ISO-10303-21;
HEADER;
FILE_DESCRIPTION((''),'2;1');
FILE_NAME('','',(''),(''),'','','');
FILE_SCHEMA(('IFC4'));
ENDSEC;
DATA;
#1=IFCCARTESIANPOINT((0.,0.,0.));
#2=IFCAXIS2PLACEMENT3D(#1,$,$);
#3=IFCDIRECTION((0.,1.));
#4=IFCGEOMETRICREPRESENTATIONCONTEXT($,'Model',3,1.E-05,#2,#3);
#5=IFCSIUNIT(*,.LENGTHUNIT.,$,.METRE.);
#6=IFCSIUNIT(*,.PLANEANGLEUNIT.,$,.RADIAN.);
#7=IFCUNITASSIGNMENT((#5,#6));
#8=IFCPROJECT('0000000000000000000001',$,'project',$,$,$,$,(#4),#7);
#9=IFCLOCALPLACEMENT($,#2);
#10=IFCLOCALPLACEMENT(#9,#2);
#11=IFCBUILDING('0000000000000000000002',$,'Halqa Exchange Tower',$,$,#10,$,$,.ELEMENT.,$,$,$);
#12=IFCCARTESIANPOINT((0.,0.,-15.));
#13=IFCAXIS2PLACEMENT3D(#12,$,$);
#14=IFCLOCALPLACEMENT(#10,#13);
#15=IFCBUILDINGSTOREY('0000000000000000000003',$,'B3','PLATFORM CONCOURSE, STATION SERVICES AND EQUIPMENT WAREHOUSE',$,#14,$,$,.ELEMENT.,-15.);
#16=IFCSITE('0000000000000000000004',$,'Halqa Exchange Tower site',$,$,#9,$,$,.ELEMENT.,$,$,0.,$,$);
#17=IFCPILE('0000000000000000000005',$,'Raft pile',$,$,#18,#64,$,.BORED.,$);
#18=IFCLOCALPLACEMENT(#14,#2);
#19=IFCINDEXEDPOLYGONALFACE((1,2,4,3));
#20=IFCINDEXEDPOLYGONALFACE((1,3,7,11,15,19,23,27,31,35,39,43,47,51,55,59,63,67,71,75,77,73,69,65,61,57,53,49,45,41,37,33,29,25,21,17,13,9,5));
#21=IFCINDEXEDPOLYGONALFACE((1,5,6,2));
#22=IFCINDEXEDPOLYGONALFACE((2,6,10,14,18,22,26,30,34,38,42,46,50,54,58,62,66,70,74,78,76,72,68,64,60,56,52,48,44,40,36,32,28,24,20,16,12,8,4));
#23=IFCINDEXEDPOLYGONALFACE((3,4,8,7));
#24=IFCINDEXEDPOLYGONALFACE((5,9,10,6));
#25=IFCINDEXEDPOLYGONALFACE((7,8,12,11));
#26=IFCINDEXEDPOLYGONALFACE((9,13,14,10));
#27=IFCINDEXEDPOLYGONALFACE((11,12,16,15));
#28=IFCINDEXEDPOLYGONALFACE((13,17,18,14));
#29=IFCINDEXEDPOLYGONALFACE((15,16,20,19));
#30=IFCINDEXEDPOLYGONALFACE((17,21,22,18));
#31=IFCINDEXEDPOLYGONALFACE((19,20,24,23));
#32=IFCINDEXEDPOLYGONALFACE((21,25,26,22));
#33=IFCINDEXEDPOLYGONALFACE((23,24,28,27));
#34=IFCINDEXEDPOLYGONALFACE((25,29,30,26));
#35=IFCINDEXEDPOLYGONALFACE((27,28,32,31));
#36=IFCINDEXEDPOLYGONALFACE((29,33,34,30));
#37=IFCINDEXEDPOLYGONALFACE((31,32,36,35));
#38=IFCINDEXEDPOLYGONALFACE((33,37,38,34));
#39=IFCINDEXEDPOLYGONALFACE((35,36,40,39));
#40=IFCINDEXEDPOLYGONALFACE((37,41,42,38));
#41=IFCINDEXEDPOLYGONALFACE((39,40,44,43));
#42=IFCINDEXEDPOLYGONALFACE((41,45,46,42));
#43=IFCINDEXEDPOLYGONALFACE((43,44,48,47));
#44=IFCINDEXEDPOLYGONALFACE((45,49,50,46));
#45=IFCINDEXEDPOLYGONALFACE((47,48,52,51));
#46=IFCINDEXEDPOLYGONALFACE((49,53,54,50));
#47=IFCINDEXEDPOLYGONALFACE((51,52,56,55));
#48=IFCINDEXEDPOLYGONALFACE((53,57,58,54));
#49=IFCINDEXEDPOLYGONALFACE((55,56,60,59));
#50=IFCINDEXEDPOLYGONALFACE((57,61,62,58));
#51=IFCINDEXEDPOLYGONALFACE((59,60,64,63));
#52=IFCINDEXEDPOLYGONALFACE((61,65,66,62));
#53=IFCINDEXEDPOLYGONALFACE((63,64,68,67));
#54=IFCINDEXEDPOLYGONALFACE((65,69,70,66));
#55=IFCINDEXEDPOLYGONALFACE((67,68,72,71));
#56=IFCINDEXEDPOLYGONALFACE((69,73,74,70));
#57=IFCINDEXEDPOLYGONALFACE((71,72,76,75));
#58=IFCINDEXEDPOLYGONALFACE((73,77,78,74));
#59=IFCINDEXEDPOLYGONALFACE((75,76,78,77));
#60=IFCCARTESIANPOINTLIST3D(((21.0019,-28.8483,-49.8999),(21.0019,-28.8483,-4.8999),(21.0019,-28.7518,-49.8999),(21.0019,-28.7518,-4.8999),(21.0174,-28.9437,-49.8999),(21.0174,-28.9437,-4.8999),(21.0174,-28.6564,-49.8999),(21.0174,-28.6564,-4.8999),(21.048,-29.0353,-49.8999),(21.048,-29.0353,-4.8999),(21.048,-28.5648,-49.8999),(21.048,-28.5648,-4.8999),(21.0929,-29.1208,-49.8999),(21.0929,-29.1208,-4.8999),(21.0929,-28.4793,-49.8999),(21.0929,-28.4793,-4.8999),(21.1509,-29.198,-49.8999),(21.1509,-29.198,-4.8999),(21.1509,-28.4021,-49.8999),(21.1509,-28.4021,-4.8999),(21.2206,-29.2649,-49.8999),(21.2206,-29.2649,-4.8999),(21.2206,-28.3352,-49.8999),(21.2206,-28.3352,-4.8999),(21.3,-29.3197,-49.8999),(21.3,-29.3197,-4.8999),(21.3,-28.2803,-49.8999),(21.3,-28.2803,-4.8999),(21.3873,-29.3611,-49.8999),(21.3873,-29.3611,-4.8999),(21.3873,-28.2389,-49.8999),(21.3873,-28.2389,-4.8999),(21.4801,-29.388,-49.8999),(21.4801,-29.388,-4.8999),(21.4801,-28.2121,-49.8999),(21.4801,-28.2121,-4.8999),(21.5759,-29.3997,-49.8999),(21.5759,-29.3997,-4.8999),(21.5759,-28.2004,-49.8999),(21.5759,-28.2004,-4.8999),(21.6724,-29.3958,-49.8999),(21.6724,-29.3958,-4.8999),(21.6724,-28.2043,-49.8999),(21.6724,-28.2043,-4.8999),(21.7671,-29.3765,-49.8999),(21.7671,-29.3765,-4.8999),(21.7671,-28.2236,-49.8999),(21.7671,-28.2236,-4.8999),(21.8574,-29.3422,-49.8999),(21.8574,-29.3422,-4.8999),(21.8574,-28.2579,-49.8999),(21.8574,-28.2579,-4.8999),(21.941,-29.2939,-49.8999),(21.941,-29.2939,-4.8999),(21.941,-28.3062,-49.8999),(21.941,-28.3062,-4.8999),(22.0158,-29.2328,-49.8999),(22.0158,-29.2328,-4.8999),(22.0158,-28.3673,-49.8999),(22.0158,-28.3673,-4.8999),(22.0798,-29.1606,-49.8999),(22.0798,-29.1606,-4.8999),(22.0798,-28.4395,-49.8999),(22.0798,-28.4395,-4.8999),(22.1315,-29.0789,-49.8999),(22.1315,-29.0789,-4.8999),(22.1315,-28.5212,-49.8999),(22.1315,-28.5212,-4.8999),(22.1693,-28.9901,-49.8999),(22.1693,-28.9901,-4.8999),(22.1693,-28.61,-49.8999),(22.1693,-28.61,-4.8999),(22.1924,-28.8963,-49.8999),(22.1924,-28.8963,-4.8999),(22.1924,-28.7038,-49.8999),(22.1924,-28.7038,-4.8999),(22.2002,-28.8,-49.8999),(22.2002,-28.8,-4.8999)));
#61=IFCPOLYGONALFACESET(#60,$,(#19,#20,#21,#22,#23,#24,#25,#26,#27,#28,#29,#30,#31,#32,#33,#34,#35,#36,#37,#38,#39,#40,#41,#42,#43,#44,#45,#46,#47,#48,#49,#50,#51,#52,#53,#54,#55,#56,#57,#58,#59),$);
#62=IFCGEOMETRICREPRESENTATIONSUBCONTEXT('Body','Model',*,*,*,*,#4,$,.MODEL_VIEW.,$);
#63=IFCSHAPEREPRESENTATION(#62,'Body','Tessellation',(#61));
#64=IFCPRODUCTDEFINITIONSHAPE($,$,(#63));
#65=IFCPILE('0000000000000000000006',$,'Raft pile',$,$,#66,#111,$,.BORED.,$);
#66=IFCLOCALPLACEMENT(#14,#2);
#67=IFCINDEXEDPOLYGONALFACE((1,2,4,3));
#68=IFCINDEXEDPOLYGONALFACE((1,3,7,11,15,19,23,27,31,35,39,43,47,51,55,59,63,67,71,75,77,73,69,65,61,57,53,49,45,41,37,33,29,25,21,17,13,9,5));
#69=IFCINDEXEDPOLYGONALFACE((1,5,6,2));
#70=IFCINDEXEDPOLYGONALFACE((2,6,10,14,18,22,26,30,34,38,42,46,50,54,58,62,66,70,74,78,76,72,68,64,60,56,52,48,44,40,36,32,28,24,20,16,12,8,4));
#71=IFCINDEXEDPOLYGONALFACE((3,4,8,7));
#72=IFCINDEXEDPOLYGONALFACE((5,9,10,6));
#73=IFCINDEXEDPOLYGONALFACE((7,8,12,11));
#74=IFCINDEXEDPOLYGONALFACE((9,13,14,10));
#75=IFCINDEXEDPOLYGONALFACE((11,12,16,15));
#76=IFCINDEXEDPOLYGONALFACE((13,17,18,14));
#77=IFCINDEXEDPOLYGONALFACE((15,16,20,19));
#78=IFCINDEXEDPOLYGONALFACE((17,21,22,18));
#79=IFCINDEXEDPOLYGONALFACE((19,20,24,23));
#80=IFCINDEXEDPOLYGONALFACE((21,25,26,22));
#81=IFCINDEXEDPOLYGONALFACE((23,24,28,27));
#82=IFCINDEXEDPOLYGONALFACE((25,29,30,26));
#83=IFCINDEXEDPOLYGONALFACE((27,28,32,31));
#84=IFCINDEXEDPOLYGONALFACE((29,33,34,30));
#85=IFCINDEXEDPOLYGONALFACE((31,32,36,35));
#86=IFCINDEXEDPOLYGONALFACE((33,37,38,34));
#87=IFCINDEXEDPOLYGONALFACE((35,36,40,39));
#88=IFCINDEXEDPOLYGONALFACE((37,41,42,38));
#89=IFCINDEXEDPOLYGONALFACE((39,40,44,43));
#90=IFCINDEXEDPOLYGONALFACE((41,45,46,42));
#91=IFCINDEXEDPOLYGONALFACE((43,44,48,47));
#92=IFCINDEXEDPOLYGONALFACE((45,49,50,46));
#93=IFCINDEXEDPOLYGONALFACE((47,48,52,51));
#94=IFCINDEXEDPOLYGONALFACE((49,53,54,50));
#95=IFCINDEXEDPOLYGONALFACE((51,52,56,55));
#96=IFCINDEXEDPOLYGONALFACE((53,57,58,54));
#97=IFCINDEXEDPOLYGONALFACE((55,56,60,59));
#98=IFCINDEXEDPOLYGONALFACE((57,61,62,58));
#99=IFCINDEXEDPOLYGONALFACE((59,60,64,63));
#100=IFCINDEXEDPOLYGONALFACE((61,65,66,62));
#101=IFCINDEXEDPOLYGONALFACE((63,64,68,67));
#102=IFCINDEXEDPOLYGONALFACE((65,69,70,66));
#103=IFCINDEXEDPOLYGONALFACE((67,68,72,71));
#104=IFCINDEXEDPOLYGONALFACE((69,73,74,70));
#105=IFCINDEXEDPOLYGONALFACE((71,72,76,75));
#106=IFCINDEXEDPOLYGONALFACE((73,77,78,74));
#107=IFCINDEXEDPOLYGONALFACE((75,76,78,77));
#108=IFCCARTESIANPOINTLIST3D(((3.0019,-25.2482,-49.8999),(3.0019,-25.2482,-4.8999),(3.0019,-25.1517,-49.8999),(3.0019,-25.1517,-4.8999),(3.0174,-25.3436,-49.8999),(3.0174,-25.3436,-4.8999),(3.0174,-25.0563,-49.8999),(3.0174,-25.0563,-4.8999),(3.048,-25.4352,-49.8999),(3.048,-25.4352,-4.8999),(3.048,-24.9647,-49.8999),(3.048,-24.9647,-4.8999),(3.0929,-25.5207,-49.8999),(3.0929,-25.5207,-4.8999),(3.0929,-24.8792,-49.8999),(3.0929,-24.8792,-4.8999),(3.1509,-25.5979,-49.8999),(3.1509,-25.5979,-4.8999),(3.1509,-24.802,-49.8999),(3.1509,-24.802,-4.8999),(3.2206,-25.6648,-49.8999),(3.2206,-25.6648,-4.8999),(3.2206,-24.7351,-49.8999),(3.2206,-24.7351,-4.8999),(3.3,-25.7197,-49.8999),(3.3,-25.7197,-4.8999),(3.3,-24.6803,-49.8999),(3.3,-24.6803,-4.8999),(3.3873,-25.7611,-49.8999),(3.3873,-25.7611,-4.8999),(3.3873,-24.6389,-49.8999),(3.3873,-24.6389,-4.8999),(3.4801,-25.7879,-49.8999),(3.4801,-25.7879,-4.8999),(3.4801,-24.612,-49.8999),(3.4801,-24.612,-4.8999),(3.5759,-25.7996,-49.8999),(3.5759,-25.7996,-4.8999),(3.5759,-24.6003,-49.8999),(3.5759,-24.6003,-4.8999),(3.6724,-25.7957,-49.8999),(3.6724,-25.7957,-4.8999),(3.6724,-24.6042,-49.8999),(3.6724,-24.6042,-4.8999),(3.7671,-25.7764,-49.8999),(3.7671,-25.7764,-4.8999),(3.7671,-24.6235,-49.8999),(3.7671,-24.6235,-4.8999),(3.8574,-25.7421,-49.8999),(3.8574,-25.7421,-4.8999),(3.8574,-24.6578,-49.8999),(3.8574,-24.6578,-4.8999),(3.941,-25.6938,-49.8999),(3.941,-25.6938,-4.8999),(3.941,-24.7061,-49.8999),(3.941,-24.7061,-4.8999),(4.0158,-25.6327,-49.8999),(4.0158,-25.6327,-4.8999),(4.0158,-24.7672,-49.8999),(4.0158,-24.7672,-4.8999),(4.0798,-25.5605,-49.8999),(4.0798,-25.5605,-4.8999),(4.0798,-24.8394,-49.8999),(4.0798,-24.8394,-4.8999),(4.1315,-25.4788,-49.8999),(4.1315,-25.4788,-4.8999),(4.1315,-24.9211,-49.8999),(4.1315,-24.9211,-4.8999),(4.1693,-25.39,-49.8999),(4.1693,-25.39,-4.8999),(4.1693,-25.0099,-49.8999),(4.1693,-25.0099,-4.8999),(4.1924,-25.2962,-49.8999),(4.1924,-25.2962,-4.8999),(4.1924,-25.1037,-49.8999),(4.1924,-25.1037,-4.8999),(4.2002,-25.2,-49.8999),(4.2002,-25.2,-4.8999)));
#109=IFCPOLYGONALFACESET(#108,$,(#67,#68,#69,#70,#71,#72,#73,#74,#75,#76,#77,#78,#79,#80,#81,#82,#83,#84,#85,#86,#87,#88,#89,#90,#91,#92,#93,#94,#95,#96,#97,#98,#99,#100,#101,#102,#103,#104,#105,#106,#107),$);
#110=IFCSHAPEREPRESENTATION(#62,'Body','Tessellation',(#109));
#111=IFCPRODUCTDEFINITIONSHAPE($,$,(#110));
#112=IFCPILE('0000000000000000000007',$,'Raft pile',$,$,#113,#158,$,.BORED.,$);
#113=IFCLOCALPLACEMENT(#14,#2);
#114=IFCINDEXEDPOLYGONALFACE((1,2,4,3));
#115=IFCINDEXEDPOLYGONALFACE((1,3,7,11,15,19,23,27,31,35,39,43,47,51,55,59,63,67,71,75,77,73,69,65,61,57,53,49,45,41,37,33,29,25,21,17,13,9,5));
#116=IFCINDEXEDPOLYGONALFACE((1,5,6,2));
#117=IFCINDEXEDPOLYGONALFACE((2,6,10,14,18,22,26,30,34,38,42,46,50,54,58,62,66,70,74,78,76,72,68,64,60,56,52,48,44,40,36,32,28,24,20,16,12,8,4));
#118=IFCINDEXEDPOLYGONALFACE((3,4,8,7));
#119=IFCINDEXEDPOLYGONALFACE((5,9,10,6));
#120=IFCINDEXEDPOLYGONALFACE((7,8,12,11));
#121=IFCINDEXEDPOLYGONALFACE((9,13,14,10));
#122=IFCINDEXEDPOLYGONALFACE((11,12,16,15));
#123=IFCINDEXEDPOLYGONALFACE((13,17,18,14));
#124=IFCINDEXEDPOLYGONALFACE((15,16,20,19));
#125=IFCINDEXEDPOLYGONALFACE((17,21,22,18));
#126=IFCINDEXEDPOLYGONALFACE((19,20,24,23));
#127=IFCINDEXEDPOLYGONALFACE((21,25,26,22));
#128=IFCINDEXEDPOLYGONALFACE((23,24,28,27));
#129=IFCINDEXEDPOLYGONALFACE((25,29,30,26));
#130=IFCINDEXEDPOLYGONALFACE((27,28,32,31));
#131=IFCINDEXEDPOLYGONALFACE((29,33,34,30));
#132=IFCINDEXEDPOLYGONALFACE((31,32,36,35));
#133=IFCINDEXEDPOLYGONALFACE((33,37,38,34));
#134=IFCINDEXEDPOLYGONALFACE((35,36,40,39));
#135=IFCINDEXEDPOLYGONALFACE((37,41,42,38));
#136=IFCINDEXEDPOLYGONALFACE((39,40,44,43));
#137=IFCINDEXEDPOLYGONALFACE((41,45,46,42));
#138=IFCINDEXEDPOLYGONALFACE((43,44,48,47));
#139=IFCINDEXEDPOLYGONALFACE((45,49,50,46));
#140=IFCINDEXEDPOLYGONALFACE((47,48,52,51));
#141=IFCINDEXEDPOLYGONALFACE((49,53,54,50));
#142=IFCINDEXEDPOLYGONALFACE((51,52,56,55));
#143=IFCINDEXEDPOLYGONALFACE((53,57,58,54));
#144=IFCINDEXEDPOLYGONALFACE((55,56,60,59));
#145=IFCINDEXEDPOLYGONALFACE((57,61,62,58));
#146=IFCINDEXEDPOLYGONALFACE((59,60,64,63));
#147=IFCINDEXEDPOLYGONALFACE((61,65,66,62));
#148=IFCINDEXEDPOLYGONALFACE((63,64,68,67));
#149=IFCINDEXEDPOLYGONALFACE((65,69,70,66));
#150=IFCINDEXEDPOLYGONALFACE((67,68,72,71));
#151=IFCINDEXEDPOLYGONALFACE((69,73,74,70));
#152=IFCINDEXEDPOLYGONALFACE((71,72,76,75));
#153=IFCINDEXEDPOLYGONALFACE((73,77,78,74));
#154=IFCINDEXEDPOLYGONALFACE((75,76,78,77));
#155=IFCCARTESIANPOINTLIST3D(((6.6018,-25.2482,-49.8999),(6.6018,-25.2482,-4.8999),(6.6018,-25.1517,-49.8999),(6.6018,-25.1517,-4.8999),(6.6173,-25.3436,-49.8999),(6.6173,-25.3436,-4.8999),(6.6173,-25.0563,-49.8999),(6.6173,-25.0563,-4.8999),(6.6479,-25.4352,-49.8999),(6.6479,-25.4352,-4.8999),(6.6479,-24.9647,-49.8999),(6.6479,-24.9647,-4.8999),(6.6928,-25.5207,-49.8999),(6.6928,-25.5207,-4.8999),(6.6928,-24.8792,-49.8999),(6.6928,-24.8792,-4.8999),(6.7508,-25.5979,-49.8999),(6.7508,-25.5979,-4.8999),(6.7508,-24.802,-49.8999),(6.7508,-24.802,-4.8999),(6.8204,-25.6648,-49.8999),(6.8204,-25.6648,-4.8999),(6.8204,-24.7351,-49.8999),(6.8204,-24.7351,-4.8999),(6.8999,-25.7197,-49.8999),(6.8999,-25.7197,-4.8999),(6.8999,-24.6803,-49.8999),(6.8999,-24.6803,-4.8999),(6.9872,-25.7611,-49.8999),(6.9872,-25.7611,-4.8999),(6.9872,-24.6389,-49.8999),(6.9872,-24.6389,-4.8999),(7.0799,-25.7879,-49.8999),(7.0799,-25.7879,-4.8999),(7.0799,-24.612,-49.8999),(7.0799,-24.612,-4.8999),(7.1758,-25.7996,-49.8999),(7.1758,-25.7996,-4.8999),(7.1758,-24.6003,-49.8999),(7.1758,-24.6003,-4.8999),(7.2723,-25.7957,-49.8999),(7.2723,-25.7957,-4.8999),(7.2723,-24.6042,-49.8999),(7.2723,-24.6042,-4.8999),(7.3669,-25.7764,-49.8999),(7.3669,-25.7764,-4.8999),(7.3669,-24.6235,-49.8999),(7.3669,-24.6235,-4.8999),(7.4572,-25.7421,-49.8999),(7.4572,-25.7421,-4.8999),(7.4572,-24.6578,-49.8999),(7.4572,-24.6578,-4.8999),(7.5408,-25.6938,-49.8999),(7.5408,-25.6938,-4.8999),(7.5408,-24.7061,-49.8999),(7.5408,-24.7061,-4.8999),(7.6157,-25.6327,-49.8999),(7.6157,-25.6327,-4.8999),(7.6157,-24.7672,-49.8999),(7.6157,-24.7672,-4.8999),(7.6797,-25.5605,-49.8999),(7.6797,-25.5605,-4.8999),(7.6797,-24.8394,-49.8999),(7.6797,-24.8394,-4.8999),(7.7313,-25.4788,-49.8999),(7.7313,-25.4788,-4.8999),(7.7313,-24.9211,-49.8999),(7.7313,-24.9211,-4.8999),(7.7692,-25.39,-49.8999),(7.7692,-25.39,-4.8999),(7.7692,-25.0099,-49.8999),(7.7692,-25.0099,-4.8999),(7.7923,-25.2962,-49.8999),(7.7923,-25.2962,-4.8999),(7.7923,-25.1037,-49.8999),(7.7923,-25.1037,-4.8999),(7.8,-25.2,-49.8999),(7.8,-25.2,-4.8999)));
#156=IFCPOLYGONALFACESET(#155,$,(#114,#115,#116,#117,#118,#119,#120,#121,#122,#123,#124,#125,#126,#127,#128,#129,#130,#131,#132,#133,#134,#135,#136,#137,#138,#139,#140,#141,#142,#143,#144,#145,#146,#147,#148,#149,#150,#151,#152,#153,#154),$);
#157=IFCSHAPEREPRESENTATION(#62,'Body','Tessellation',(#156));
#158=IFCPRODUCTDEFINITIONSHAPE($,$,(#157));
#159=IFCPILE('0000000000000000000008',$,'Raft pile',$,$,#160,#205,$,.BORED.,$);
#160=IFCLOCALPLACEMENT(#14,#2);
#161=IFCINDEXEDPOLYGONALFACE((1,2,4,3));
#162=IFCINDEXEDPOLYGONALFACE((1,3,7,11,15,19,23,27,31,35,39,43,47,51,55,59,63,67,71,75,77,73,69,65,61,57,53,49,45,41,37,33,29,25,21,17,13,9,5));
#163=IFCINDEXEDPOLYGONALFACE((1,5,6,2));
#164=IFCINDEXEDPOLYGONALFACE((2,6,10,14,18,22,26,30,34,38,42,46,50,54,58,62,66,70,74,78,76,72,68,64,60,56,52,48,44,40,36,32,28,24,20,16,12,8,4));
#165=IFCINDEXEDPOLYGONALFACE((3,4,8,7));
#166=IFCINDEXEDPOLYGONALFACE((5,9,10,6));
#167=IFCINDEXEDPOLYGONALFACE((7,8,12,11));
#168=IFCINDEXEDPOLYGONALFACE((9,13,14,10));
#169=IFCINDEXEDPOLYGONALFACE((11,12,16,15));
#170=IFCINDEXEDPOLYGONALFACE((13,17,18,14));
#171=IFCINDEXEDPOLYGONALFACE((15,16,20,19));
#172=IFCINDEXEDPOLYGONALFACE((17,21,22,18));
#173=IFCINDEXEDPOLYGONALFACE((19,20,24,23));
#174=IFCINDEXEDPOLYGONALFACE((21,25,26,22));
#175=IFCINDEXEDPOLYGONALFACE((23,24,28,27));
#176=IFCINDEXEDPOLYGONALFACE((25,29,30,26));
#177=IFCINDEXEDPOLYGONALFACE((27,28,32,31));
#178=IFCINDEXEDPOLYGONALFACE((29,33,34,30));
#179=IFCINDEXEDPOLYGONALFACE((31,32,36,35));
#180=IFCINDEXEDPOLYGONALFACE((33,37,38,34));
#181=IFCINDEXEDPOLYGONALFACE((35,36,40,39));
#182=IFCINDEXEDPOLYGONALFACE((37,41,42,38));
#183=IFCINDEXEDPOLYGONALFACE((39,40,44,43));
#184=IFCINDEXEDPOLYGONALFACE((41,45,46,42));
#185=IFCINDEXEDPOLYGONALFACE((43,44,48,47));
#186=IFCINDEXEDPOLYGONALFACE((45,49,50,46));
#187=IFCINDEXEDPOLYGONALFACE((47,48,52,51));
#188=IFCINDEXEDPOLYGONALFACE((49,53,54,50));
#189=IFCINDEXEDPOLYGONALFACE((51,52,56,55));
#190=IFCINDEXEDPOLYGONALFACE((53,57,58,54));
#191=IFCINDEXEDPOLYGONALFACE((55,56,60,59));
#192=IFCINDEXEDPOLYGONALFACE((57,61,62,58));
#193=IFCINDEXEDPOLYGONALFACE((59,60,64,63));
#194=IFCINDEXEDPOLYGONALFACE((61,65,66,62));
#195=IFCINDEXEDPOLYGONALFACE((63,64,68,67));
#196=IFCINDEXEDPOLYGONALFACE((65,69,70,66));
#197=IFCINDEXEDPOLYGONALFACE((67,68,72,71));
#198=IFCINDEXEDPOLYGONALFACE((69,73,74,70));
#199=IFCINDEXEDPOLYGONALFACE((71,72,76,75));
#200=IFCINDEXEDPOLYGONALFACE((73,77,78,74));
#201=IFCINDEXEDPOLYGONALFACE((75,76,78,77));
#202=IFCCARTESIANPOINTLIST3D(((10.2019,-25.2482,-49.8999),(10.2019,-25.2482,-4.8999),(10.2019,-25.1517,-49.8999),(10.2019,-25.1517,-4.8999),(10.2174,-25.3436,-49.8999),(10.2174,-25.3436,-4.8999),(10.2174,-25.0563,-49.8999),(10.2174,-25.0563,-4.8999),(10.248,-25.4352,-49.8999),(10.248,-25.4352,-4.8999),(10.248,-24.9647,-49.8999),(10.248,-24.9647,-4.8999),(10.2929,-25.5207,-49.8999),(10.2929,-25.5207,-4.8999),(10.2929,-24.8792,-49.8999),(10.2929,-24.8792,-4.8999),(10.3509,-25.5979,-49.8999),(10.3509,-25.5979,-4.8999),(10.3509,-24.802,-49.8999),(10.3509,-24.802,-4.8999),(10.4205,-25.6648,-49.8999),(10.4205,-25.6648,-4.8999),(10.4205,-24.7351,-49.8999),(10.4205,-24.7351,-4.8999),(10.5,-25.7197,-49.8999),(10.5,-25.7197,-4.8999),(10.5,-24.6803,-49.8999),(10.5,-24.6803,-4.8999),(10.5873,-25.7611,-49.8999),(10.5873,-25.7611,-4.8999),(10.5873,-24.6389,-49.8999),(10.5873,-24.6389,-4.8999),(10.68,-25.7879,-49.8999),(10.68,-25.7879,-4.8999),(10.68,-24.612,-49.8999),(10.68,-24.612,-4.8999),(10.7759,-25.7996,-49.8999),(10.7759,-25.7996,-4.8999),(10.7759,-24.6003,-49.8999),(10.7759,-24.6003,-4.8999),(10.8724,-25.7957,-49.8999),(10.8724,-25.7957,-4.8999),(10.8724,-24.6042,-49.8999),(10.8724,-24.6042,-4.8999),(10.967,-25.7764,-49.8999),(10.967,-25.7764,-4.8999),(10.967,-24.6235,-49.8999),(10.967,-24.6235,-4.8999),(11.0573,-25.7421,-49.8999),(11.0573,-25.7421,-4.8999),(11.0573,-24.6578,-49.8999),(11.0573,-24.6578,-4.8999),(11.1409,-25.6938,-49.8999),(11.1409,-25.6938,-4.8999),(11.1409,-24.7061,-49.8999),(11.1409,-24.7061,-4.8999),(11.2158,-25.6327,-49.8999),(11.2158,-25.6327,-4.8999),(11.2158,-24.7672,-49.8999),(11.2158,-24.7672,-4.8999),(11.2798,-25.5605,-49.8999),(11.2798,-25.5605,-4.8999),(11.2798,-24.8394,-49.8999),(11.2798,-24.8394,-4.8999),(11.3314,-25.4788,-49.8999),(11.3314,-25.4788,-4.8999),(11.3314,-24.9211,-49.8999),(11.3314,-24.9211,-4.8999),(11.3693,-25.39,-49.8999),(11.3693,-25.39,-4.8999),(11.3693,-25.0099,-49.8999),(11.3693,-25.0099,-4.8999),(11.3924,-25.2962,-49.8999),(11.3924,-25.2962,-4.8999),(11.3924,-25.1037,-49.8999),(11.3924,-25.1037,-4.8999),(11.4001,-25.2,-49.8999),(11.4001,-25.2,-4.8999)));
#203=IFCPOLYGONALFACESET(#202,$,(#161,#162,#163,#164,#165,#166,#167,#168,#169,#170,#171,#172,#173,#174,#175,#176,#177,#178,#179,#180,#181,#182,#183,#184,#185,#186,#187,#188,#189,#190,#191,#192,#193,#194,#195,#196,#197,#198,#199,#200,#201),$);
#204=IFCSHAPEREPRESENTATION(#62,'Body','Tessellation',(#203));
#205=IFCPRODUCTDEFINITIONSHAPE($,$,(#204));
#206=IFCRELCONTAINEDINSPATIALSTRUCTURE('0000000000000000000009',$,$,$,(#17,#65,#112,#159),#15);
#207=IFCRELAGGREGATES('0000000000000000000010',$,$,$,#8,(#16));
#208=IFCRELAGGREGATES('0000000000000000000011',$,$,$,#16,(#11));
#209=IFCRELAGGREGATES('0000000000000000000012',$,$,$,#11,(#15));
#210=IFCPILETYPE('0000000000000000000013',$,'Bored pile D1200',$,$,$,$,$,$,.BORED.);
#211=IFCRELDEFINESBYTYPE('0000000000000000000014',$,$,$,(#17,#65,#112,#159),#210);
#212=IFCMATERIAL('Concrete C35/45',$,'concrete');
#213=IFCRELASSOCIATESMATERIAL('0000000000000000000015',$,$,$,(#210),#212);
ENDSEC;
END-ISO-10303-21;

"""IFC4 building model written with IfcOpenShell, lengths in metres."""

from ifc_helpers import new_model, si_unit, direction, frame, origin, origin_2d, place, context, subcontext, project, spatial, circle, extrude, material, material_profile, profile_set, type_object, element, save


model = new_model("IFC4")

# Units and contexts
model_context = context("Model", 3, precision=1e-05, world=origin(), true_north=direction((0.0, 1.0)))
body_context = subcontext(model_context, "Body", "Model", "MODEL_VIEW")
ifc_project = project(units=[si_unit("LENGTHUNIT", "METRE"), si_unit("PLANEANGLEUNIT", "RADIAN")], contexts=[model_context])

# Site, building, storey
site_placement = place(None, origin())
site = spatial("IfcSite", under=ifc_project, at=site_placement, Name="Halqa Exchange Tower site", CompositionType="ELEMENT", RefElevation=0.0)
building_placement = place(site_placement, origin())
building = spatial("IfcBuilding", under=site, at=building_placement, Name="Halqa Exchange Tower", CompositionType="ELEMENT")
storey_placement = place(building_placement, frame((0.0, 0.0, -15.0)))
storey = spatial("IfcBuildingStorey", under=building, at=storey_placement, Name="B3", Description="PLATFORM CONCOURSE, STATION SERVICES AND EQUIPMENT WAREHOUSE", CompositionType="ELEMENT", Elevation=-15.0)

# Piles
ifc_material_1 = material(Name="Concrete C35/45", Category="concrete")
ifc_material_profile_1 = material_profile(ifc_material_1, circle(Radius=0.6001, at=origin_2d()), Name="D1200")
ifc_profile_set_1 = profile_set([ifc_material_profile_1], Name="Concrete C35/45")
pile_type_1 = type_object("IfcPileType", Name="Bored pile D1200", PredefinedType="BORED", material=ifc_profile_set_1)
for number, where, z_axis, x_axis, name in (
    (1, (21.6001, -28.8, -4.8999), (0.0, 0.0, -1.0), (1.0, 0.0, 0.0), "Raft pile"),
    (2, (3.6001, -25.2, -4.8999), (0.0, 0.0, -1.0), (1.0, 0.0, 0.0), "Raft pile"),
    (3, (7.2, -25.2, -4.8999), (0.0, 0.0, -1.0), (1.0, 0.0, 0.0), "Raft pile"),
    (4, (10.8, -25.2, -4.8999), (0.0, 0.0, -1.0), (1.0, 0.0, 0.0), "Raft pile"),
):
    element("IfcPile", number, at=place(storey_placement, frame(where, z_axis=z_axis, x_axis=x_axis)), inside=storey, type_object=pile_type_1, Name=name, PredefinedType="BORED", context=body_context, shape_type="SweptSolid", body=[
        extrude(circle(Radius=0.6001, at=origin_2d()), origin(), (0.0, 0.0, 1.0), 45.0),
    ])

save(model, "model.ifc")
